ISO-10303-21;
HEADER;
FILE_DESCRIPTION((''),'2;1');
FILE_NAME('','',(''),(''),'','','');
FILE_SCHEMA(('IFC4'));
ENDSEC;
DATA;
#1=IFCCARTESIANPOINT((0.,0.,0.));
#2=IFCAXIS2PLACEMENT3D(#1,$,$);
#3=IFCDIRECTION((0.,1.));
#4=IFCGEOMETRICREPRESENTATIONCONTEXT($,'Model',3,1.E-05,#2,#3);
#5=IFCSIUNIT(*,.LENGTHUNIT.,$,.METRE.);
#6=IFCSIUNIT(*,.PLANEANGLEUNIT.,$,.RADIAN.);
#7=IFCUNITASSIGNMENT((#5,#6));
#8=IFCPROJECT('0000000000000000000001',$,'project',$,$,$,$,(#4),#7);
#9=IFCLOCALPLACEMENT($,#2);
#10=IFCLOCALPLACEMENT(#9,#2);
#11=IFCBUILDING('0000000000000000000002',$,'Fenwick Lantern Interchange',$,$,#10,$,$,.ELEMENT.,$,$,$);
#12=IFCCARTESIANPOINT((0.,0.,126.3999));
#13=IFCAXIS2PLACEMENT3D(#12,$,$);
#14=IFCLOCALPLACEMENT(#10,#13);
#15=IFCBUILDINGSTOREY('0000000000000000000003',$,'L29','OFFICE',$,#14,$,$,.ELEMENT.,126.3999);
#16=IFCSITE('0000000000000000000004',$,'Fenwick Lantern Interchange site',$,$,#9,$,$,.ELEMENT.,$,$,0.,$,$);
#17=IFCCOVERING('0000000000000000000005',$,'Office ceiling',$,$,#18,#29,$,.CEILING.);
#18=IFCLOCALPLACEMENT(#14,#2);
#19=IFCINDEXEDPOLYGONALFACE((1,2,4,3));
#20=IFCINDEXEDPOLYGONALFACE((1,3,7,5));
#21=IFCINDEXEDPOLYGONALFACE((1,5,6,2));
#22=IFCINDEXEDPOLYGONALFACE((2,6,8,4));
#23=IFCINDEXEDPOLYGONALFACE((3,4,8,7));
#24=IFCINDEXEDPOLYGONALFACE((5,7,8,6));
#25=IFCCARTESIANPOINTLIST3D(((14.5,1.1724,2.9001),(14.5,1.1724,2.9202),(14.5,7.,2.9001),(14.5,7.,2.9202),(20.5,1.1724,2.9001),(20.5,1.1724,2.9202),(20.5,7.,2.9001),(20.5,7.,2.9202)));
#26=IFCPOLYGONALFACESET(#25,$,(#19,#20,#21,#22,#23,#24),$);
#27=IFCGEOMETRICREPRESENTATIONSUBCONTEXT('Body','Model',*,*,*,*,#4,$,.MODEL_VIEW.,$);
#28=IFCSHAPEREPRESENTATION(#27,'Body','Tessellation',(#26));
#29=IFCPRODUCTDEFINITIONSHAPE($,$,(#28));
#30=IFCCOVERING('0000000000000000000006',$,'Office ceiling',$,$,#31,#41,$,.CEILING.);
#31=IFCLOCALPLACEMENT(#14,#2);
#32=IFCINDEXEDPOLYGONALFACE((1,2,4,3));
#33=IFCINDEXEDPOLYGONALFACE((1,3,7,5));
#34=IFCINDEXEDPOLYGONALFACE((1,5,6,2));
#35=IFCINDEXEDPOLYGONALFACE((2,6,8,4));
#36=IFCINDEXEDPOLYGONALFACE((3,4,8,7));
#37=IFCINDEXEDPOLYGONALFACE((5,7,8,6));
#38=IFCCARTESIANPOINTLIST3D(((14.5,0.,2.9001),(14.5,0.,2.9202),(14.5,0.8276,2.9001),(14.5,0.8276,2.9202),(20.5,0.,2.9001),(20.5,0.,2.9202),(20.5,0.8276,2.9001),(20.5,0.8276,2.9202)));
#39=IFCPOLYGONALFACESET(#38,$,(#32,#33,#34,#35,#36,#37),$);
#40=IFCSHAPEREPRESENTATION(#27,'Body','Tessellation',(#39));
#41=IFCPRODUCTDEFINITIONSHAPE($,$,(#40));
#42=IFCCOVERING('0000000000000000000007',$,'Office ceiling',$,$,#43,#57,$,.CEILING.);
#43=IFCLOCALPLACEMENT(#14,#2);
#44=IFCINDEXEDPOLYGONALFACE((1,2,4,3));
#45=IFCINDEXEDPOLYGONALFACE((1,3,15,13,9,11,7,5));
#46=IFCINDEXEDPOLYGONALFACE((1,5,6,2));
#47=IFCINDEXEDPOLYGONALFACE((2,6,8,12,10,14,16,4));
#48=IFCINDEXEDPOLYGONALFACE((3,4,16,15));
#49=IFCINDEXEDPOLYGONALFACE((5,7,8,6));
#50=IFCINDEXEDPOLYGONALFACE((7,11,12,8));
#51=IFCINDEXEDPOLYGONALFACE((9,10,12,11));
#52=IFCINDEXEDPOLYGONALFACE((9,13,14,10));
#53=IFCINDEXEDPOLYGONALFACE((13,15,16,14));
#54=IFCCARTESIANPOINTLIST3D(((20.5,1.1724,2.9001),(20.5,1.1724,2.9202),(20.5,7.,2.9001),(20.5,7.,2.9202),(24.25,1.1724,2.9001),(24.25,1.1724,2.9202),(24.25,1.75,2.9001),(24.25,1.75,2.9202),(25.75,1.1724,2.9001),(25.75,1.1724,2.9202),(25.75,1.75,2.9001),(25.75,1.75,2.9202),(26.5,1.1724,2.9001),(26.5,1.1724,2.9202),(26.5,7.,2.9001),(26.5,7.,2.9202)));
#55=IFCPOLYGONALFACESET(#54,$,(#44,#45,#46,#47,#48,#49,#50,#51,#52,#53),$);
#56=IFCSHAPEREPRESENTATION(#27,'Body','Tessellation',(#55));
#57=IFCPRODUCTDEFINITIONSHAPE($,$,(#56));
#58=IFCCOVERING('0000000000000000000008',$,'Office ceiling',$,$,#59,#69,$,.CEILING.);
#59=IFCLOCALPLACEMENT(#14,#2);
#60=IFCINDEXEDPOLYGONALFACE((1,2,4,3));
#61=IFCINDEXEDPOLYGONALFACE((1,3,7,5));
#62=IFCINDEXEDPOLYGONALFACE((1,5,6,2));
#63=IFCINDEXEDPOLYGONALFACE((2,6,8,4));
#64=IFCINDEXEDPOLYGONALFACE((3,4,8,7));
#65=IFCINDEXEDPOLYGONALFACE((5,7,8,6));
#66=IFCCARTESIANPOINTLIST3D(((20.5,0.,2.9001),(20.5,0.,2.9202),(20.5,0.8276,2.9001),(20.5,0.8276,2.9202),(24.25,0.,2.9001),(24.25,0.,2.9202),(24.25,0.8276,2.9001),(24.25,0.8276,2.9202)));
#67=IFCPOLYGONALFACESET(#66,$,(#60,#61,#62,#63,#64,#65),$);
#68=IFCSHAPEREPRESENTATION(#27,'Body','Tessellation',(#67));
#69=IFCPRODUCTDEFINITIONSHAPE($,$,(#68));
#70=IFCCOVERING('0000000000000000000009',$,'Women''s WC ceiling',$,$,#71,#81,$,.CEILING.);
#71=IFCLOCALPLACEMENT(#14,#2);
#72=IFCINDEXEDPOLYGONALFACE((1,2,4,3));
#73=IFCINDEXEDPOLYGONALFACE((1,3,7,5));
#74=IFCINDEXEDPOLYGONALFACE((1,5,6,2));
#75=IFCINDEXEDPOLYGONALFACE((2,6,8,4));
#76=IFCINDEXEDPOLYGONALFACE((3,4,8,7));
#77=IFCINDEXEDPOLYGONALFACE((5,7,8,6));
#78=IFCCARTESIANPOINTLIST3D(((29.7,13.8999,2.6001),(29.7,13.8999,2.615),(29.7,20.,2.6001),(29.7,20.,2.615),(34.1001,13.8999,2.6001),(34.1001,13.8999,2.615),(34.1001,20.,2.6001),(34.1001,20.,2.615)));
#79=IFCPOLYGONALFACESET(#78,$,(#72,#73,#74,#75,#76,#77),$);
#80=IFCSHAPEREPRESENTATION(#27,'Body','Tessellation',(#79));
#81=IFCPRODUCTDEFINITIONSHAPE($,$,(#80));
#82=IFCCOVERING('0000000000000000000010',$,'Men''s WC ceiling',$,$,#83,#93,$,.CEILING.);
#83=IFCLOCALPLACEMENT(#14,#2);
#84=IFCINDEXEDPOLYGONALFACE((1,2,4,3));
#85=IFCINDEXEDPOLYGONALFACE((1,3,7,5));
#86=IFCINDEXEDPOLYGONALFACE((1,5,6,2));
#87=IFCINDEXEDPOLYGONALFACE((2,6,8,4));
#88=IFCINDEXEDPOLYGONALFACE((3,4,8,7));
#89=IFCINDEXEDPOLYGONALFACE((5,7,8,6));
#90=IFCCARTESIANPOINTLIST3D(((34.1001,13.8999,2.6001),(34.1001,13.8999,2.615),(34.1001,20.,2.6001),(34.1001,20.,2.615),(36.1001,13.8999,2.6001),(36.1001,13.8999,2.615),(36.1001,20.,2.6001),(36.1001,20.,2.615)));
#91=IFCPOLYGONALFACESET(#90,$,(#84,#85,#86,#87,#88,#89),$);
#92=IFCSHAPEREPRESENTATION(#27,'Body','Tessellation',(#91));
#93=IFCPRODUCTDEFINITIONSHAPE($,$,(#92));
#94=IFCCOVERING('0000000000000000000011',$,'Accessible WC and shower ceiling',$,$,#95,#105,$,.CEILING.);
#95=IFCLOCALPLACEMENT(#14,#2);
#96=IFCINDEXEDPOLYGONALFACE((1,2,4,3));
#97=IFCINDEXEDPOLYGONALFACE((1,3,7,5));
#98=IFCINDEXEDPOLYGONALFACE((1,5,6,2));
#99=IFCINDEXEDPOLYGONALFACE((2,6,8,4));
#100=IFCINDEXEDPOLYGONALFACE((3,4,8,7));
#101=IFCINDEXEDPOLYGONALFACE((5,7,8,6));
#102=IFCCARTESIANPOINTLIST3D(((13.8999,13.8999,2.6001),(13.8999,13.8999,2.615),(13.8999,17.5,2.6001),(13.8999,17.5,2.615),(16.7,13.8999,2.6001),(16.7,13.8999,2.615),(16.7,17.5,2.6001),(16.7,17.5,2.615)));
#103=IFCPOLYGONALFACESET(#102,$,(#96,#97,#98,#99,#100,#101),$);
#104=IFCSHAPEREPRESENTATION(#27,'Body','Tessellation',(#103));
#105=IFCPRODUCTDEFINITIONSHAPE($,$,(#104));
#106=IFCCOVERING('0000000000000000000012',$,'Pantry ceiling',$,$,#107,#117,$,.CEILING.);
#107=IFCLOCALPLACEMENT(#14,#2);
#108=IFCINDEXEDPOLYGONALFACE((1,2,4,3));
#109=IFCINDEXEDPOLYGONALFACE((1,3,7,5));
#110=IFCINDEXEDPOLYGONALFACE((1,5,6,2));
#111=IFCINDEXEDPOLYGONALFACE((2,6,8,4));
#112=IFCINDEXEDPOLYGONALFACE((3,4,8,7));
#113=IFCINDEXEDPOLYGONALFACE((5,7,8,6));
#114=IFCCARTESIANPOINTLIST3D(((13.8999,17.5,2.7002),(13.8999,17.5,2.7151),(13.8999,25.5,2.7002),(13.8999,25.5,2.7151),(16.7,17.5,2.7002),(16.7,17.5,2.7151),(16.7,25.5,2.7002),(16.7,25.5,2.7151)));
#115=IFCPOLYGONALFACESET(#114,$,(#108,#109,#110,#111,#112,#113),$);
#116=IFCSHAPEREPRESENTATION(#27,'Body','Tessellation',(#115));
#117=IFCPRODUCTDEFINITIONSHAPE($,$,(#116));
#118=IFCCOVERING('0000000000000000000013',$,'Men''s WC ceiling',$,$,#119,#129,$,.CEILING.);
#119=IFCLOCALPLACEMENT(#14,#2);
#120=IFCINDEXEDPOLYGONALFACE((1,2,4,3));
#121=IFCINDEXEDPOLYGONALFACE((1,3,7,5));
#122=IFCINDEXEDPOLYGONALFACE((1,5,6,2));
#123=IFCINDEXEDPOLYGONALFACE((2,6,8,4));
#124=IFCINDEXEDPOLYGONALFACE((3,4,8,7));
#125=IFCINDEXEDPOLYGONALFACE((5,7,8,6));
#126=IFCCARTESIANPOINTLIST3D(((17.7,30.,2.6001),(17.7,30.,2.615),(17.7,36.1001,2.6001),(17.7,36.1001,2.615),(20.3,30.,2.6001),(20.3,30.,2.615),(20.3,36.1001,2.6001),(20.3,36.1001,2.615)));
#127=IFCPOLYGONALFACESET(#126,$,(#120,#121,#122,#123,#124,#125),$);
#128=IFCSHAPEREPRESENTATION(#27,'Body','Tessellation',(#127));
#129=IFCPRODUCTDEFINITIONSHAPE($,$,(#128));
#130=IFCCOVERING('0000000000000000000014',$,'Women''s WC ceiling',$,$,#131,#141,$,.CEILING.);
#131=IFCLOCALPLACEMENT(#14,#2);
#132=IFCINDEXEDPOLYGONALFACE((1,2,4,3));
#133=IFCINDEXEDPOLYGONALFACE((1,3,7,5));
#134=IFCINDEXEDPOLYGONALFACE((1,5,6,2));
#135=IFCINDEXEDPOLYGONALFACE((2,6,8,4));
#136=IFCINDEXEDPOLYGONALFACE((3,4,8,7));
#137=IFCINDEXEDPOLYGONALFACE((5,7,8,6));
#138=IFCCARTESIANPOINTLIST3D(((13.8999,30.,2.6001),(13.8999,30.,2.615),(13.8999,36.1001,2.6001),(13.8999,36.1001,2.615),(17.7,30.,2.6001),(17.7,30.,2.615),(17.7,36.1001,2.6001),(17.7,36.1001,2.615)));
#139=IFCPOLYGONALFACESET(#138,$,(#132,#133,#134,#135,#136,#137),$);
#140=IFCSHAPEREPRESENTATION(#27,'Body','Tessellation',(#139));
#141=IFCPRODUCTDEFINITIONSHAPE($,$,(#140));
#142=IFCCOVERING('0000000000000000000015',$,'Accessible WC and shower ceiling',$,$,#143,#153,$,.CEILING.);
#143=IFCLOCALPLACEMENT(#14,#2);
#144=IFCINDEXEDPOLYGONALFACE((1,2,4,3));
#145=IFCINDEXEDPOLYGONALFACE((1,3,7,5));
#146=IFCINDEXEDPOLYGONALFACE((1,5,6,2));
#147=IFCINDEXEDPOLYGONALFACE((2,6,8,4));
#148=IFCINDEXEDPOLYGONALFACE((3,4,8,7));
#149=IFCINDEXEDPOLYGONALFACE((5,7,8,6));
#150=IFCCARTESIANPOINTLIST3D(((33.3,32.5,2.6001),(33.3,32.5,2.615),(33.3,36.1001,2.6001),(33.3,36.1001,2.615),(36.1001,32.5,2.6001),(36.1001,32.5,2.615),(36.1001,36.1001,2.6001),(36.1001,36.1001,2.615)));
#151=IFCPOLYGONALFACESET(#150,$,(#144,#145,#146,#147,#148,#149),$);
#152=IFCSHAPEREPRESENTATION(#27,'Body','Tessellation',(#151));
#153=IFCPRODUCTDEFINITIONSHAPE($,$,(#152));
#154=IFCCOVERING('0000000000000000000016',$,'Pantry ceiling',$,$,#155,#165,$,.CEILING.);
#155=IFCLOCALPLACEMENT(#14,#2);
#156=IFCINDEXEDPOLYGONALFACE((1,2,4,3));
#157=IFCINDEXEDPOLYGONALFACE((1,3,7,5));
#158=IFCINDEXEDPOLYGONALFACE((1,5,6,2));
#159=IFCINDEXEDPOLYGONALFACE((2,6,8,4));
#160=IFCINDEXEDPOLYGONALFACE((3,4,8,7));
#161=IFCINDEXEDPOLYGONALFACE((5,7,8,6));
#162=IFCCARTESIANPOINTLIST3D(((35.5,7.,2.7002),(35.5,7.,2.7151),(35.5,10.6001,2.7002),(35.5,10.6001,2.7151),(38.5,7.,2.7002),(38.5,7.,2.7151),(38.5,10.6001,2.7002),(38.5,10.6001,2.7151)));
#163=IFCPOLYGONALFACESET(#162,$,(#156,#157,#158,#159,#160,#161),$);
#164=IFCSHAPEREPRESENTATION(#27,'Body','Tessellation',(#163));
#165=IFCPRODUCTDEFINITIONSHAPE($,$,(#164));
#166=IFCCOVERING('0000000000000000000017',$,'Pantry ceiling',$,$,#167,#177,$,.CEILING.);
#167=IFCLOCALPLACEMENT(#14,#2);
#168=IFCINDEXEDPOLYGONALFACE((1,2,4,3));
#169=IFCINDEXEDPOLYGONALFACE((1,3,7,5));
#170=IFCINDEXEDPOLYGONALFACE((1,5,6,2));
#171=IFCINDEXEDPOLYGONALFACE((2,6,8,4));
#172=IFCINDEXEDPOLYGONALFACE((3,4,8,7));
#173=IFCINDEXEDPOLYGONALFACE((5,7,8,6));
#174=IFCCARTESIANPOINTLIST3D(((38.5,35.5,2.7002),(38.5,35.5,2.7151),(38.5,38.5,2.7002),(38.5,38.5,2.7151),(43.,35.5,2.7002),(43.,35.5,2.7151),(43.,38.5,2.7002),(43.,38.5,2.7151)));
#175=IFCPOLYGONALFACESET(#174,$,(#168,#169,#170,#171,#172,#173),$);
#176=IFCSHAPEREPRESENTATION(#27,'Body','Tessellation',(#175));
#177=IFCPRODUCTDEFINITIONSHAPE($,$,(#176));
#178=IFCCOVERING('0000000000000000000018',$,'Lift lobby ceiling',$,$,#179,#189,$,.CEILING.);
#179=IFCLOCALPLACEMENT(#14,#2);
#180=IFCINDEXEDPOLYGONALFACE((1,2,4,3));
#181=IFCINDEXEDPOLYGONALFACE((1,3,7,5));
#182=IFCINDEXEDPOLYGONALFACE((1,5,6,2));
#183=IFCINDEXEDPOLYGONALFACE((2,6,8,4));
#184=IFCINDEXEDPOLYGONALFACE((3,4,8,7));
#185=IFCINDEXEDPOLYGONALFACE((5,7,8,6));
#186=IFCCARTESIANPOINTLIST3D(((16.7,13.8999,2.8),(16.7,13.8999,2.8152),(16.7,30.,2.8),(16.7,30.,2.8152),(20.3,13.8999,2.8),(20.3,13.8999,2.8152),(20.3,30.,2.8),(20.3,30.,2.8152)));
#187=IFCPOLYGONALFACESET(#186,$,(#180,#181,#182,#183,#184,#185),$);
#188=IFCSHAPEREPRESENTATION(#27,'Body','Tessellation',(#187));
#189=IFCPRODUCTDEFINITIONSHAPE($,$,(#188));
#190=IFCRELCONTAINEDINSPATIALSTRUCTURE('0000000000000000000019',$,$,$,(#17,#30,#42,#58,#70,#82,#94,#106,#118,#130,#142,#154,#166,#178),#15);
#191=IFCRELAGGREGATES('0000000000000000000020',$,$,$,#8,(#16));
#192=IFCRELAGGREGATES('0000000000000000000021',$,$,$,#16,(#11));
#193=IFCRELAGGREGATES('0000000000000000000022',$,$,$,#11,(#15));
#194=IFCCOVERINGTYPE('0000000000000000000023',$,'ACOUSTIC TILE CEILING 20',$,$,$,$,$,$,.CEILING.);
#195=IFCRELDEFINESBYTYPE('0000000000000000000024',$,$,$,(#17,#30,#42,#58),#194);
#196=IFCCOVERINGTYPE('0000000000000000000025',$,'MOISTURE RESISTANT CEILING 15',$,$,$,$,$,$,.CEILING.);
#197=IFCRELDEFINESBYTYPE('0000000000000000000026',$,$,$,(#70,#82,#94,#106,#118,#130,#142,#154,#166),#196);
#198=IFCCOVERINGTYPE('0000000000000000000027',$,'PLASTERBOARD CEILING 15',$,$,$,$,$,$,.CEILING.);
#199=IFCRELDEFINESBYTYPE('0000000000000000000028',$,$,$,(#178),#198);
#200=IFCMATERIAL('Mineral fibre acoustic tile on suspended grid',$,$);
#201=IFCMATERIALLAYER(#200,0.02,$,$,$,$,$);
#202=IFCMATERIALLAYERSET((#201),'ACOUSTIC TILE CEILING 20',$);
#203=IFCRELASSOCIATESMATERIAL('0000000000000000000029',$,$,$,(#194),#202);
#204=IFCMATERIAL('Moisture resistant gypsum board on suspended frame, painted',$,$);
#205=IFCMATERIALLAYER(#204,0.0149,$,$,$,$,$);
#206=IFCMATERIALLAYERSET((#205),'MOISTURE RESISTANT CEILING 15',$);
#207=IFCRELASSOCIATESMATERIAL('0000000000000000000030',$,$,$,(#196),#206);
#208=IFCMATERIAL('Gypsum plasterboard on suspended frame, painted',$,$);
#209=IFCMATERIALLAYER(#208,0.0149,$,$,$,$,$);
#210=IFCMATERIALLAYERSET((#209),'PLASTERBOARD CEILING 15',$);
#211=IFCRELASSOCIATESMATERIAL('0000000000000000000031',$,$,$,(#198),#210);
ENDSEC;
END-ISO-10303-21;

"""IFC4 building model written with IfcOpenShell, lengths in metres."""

from ifc_helpers import new_model, si_unit, direction, frame, origin, place, context, subcontext, project, spatial, polyline, outline, extrude, material, layer, layer_set, type_object, element, save


model = new_model("IFC4")

# Units and contexts
model_context = context("Model", 3, precision=1e-05, world=origin(), true_north=direction((0.0, 1.0)))
body_context = subcontext(model_context, "Body", "Model", "MODEL_VIEW")
ifc_project = project(units=[si_unit("LENGTHUNIT", "METRE"), si_unit("PLANEANGLEUNIT", "RADIAN")], contexts=[model_context])

# Site, building, storey
site_placement = place(None, origin())
site = spatial("IfcSite", under=ifc_project, at=site_placement, Name="Fenwick Lantern Interchange site", CompositionType="ELEMENT", RefElevation=0.0)
building_placement = place(site_placement, origin())
building = spatial("IfcBuilding", under=site, at=building_placement, Name="Fenwick Lantern Interchange", CompositionType="ELEMENT")
storey_placement = place(building_placement, frame((0.0, 0.0, 126.3999)))
storey = spatial("IfcBuildingStorey", under=building, at=storey_placement, Name="L29", Description="OFFICE", CompositionType="ELEMENT", Elevation=126.3999)

# Coverings
ifc_material_1 = material(Name="Mineral fibre acoustic tile on suspended grid")
ifc_layer_1 = layer(ifc_material_1, 0.02)
ifc_layer_set_1 = layer_set([ifc_layer_1], Name="ACOUSTIC TILE CEILING 20")
covering_type_1 = type_object("IfcCoveringType", Name="ACOUSTIC TILE CEILING 20", PredefinedType="CEILING", material=ifc_layer_set_1)
covering_1_placement = place(storey_placement, frame((0.0, 0.0, 2.9001)))
element("IfcCovering", 1, at=covering_1_placement, inside=storey, type_object=covering_type_1, Name="Office ceiling", PredefinedType="CEILING", context=body_context, shape_type="SweptSolid", body=[
    extrude(outline(polyline([(14.5, 7.0), (14.5, 1.1724), (20.5, 1.1724), (20.5, 7.0), (14.5, 7.0)])), origin(), (0.0, 0.0, 1.0), 0.02),
])
covering_2_placement = place(storey_placement, frame((0.0, 0.0, 2.9001)))
element("IfcCovering", 2, at=covering_2_placement, inside=storey, type_object=covering_type_1, Name="Office ceiling", PredefinedType="CEILING", context=body_context, shape_type="SweptSolid", body=[
    extrude(outline(polyline([(20.5, 0.0), (20.5, 0.8276), (14.5, 0.8276), (14.5, 0.0), (20.5, 0.0)])), origin(), (0.0, 0.0, 1.0), 0.02),
])
covering_3_placement = place(storey_placement, frame((0.0, 0.0, 2.9001)))
element("IfcCovering", 3, at=covering_3_placement, inside=storey, type_object=covering_type_1, Name="Office ceiling", PredefinedType="CEILING", context=body_context, shape_type="SweptSolid", body=[
    extrude(outline(polyline([(20.5, 7.0), (20.5, 1.1724), (24.25, 1.1724), (24.25, 1.75), (25.75, 1.75), (25.75, 1.1724), (26.5, 1.1724), (26.5, 7.0), (20.5, 7.0)])), origin(), (0.0, 0.0, 1.0), 0.02),
])
covering_4_placement = place(storey_placement, frame((0.0, 0.0, 2.9001)))
element("IfcCovering", 4, at=covering_4_placement, inside=storey, type_object=covering_type_1, Name="Office ceiling", PredefinedType="CEILING", context=body_context, shape_type="SweptSolid", body=[
    extrude(outline(polyline([(20.5, 0.8276), (20.5, 0.0), (24.25, 0.0), (24.25, 0.8276), (20.5, 0.8276)])), origin(), (0.0, 0.0, 1.0), 0.02),
])
ifc_material_2 = material(Name="Moisture resistant gypsum board on suspended frame, painted")
ifc_layer_2 = layer(ifc_material_2, 0.0149)
ifc_layer_set_2 = layer_set([ifc_layer_2], Name="MOISTURE RESISTANT CEILING 15")
covering_type_2 = type_object("IfcCoveringType", Name="MOISTURE RESISTANT CEILING 15", PredefinedType="CEILING", material=ifc_layer_set_2)
covering_5_placement = place(storey_placement, frame((0.0, 0.0, 2.6001)))
element("IfcCovering", 5, at=covering_5_placement, inside=storey, type_object=covering_type_2, Name="Women's WC ceiling", PredefinedType="CEILING", context=body_context, shape_type="SweptSolid", body=[
    extrude(outline(polyline([(29.7, 13.8999), (34.1001, 13.8999), (34.1001, 20.0), (29.7, 20.0), (29.7, 13.8999)])), origin(), (0.0, 0.0, 1.0), 0.0149),
])
covering_6_placement = place(storey_placement, frame((0.0, 0.0, 2.6001)))
element("IfcCovering", 6, at=covering_6_placement, inside=storey, type_object=covering_type_2, Name="Men's WC ceiling", PredefinedType="CEILING", context=body_context, shape_type="SweptSolid", body=[
    extrude(outline(polyline([(34.1001, 13.8999), (36.1001, 13.8999), (36.1001, 20.0), (34.1001, 20.0), (34.1001, 13.8999)])), origin(), (0.0, 0.0, 1.0), 0.0149),
])
covering_7_placement = place(storey_placement, frame((0.0, 0.0, 2.6001)))
element("IfcCovering", 7, at=covering_7_placement, inside=storey, type_object=covering_type_2, Name="Accessible WC and shower ceiling", PredefinedType="CEILING", context=body_context, shape_type="SweptSolid", body=[
    extrude(outline(polyline([(13.8999, 13.8999), (16.7, 13.8999), (16.7, 17.5), (13.8999, 17.5), (13.8999, 13.8999)])), origin(), (0.0, 0.0, 1.0), 0.0149),
])
covering_8_placement = place(storey_placement, frame((0.0, 0.0, 2.7002)))
element("IfcCovering", 8, at=covering_8_placement, inside=storey, type_object=covering_type_2, Name="Pantry ceiling", PredefinedType="CEILING", context=body_context, shape_type="SweptSolid", body=[
    extrude(outline(polyline([(13.8999, 17.5), (16.7, 17.5), (16.7, 25.5), (13.8999, 25.5), (13.8999, 17.5)])), origin(), (0.0, 0.0, 1.0), 0.0149),
])
covering_9_placement = place(storey_placement, frame((0.0, 0.0, 2.6001)))
element("IfcCovering", 9, at=covering_9_placement, inside=storey, type_object=covering_type_2, Name="Men's WC ceiling", PredefinedType="CEILING", context=body_context, shape_type="SweptSolid", body=[
    extrude(outline(polyline([(20.3, 36.1001), (17.7, 36.1001), (17.7, 30.0), (20.3, 30.0), (20.3, 36.1001)])), origin(), (0.0, 0.0, 1.0), 0.0149),
])
covering_10_placement = place(storey_placement, frame((0.0, 0.0, 2.6001)))
element("IfcCovering", 10, at=covering_10_placement, inside=storey, type_object=covering_type_2, Name="Women's WC ceiling", PredefinedType="CEILING", context=body_context, shape_type="SweptSolid", body=[
    extrude(outline(polyline([(17.7, 36.1001), (13.8999, 36.1001), (13.8999, 30.0), (17.7, 30.0), (17.7, 36.1001)])), origin(), (0.0, 0.0, 1.0), 0.0149),
])
covering_11_placement = place(storey_placement, frame((0.0, 0.0, 2.6001)))
element("IfcCovering", 11, at=covering_11_placement, inside=storey, type_object=covering_type_2, Name="Accessible WC and shower ceiling", PredefinedType="CEILING", context=body_context, shape_type="SweptSolid", body=[
    extrude(outline(polyline([(36.1001, 36.1001), (33.3, 36.1001), (33.3, 32.5), (36.1001, 32.5), (36.1001, 36.1001)])), origin(), (0.0, 0.0, 1.0), 0.0149),
])
covering_12_placement = place(storey_placement, frame((0.0, 0.0, 2.7002)))
element("IfcCovering", 12, at=covering_12_placement, inside=storey, type_object=covering_type_2, Name="Pantry ceiling", PredefinedType="CEILING", context=body_context, shape_type="SweptSolid", body=[
    extrude(outline(polyline([(35.5, 7.0), (38.5, 7.0), (38.5, 10.6001), (35.5, 10.6001), (35.5, 7.0)])), origin(), (0.0, 0.0, 1.0), 0.0149),
])
covering_13_placement = place(storey_placement, frame((0.0, 0.0, 2.7002)))
element("IfcCovering", 13, at=covering_13_placement, inside=storey, type_object=covering_type_2, Name="Pantry ceiling", PredefinedType="CEILING", context=body_context, shape_type="SweptSolid", body=[
    extrude(outline(polyline([(43.0, 35.5), (43.0, 38.5), (38.5, 38.5), (38.5, 35.5), (43.0, 35.5)])), origin(), (0.0, 0.0, 1.0), 0.0149),
])
ifc_material_3 = material(Name="Gypsum plasterboard on suspended frame, painted")
ifc_layer_3 = layer(ifc_material_3, 0.0149)
ifc_layer_set_3 = layer_set([ifc_layer_3], Name="PLASTERBOARD CEILING 15")
covering_type_3 = type_object("IfcCoveringType", Name="PLASTERBOARD CEILING 15", PredefinedType="CEILING", material=ifc_layer_set_3)
covering_14_placement = place(storey_placement, frame((0.0, 0.0, 2.8)))
element("IfcCovering", 14, at=covering_14_placement, inside=storey, type_object=covering_type_3, Name="Lift lobby ceiling", PredefinedType="CEILING", context=body_context, shape_type="SweptSolid", body=[
    extrude(outline(polyline([(16.7, 13.8999), (20.3, 13.8999), (20.3, 30.0), (16.7, 30.0), (16.7, 13.8999)])), origin(), (0.0, 0.0, 1.0), 0.0151),
])

save(model, "model.ifc")
